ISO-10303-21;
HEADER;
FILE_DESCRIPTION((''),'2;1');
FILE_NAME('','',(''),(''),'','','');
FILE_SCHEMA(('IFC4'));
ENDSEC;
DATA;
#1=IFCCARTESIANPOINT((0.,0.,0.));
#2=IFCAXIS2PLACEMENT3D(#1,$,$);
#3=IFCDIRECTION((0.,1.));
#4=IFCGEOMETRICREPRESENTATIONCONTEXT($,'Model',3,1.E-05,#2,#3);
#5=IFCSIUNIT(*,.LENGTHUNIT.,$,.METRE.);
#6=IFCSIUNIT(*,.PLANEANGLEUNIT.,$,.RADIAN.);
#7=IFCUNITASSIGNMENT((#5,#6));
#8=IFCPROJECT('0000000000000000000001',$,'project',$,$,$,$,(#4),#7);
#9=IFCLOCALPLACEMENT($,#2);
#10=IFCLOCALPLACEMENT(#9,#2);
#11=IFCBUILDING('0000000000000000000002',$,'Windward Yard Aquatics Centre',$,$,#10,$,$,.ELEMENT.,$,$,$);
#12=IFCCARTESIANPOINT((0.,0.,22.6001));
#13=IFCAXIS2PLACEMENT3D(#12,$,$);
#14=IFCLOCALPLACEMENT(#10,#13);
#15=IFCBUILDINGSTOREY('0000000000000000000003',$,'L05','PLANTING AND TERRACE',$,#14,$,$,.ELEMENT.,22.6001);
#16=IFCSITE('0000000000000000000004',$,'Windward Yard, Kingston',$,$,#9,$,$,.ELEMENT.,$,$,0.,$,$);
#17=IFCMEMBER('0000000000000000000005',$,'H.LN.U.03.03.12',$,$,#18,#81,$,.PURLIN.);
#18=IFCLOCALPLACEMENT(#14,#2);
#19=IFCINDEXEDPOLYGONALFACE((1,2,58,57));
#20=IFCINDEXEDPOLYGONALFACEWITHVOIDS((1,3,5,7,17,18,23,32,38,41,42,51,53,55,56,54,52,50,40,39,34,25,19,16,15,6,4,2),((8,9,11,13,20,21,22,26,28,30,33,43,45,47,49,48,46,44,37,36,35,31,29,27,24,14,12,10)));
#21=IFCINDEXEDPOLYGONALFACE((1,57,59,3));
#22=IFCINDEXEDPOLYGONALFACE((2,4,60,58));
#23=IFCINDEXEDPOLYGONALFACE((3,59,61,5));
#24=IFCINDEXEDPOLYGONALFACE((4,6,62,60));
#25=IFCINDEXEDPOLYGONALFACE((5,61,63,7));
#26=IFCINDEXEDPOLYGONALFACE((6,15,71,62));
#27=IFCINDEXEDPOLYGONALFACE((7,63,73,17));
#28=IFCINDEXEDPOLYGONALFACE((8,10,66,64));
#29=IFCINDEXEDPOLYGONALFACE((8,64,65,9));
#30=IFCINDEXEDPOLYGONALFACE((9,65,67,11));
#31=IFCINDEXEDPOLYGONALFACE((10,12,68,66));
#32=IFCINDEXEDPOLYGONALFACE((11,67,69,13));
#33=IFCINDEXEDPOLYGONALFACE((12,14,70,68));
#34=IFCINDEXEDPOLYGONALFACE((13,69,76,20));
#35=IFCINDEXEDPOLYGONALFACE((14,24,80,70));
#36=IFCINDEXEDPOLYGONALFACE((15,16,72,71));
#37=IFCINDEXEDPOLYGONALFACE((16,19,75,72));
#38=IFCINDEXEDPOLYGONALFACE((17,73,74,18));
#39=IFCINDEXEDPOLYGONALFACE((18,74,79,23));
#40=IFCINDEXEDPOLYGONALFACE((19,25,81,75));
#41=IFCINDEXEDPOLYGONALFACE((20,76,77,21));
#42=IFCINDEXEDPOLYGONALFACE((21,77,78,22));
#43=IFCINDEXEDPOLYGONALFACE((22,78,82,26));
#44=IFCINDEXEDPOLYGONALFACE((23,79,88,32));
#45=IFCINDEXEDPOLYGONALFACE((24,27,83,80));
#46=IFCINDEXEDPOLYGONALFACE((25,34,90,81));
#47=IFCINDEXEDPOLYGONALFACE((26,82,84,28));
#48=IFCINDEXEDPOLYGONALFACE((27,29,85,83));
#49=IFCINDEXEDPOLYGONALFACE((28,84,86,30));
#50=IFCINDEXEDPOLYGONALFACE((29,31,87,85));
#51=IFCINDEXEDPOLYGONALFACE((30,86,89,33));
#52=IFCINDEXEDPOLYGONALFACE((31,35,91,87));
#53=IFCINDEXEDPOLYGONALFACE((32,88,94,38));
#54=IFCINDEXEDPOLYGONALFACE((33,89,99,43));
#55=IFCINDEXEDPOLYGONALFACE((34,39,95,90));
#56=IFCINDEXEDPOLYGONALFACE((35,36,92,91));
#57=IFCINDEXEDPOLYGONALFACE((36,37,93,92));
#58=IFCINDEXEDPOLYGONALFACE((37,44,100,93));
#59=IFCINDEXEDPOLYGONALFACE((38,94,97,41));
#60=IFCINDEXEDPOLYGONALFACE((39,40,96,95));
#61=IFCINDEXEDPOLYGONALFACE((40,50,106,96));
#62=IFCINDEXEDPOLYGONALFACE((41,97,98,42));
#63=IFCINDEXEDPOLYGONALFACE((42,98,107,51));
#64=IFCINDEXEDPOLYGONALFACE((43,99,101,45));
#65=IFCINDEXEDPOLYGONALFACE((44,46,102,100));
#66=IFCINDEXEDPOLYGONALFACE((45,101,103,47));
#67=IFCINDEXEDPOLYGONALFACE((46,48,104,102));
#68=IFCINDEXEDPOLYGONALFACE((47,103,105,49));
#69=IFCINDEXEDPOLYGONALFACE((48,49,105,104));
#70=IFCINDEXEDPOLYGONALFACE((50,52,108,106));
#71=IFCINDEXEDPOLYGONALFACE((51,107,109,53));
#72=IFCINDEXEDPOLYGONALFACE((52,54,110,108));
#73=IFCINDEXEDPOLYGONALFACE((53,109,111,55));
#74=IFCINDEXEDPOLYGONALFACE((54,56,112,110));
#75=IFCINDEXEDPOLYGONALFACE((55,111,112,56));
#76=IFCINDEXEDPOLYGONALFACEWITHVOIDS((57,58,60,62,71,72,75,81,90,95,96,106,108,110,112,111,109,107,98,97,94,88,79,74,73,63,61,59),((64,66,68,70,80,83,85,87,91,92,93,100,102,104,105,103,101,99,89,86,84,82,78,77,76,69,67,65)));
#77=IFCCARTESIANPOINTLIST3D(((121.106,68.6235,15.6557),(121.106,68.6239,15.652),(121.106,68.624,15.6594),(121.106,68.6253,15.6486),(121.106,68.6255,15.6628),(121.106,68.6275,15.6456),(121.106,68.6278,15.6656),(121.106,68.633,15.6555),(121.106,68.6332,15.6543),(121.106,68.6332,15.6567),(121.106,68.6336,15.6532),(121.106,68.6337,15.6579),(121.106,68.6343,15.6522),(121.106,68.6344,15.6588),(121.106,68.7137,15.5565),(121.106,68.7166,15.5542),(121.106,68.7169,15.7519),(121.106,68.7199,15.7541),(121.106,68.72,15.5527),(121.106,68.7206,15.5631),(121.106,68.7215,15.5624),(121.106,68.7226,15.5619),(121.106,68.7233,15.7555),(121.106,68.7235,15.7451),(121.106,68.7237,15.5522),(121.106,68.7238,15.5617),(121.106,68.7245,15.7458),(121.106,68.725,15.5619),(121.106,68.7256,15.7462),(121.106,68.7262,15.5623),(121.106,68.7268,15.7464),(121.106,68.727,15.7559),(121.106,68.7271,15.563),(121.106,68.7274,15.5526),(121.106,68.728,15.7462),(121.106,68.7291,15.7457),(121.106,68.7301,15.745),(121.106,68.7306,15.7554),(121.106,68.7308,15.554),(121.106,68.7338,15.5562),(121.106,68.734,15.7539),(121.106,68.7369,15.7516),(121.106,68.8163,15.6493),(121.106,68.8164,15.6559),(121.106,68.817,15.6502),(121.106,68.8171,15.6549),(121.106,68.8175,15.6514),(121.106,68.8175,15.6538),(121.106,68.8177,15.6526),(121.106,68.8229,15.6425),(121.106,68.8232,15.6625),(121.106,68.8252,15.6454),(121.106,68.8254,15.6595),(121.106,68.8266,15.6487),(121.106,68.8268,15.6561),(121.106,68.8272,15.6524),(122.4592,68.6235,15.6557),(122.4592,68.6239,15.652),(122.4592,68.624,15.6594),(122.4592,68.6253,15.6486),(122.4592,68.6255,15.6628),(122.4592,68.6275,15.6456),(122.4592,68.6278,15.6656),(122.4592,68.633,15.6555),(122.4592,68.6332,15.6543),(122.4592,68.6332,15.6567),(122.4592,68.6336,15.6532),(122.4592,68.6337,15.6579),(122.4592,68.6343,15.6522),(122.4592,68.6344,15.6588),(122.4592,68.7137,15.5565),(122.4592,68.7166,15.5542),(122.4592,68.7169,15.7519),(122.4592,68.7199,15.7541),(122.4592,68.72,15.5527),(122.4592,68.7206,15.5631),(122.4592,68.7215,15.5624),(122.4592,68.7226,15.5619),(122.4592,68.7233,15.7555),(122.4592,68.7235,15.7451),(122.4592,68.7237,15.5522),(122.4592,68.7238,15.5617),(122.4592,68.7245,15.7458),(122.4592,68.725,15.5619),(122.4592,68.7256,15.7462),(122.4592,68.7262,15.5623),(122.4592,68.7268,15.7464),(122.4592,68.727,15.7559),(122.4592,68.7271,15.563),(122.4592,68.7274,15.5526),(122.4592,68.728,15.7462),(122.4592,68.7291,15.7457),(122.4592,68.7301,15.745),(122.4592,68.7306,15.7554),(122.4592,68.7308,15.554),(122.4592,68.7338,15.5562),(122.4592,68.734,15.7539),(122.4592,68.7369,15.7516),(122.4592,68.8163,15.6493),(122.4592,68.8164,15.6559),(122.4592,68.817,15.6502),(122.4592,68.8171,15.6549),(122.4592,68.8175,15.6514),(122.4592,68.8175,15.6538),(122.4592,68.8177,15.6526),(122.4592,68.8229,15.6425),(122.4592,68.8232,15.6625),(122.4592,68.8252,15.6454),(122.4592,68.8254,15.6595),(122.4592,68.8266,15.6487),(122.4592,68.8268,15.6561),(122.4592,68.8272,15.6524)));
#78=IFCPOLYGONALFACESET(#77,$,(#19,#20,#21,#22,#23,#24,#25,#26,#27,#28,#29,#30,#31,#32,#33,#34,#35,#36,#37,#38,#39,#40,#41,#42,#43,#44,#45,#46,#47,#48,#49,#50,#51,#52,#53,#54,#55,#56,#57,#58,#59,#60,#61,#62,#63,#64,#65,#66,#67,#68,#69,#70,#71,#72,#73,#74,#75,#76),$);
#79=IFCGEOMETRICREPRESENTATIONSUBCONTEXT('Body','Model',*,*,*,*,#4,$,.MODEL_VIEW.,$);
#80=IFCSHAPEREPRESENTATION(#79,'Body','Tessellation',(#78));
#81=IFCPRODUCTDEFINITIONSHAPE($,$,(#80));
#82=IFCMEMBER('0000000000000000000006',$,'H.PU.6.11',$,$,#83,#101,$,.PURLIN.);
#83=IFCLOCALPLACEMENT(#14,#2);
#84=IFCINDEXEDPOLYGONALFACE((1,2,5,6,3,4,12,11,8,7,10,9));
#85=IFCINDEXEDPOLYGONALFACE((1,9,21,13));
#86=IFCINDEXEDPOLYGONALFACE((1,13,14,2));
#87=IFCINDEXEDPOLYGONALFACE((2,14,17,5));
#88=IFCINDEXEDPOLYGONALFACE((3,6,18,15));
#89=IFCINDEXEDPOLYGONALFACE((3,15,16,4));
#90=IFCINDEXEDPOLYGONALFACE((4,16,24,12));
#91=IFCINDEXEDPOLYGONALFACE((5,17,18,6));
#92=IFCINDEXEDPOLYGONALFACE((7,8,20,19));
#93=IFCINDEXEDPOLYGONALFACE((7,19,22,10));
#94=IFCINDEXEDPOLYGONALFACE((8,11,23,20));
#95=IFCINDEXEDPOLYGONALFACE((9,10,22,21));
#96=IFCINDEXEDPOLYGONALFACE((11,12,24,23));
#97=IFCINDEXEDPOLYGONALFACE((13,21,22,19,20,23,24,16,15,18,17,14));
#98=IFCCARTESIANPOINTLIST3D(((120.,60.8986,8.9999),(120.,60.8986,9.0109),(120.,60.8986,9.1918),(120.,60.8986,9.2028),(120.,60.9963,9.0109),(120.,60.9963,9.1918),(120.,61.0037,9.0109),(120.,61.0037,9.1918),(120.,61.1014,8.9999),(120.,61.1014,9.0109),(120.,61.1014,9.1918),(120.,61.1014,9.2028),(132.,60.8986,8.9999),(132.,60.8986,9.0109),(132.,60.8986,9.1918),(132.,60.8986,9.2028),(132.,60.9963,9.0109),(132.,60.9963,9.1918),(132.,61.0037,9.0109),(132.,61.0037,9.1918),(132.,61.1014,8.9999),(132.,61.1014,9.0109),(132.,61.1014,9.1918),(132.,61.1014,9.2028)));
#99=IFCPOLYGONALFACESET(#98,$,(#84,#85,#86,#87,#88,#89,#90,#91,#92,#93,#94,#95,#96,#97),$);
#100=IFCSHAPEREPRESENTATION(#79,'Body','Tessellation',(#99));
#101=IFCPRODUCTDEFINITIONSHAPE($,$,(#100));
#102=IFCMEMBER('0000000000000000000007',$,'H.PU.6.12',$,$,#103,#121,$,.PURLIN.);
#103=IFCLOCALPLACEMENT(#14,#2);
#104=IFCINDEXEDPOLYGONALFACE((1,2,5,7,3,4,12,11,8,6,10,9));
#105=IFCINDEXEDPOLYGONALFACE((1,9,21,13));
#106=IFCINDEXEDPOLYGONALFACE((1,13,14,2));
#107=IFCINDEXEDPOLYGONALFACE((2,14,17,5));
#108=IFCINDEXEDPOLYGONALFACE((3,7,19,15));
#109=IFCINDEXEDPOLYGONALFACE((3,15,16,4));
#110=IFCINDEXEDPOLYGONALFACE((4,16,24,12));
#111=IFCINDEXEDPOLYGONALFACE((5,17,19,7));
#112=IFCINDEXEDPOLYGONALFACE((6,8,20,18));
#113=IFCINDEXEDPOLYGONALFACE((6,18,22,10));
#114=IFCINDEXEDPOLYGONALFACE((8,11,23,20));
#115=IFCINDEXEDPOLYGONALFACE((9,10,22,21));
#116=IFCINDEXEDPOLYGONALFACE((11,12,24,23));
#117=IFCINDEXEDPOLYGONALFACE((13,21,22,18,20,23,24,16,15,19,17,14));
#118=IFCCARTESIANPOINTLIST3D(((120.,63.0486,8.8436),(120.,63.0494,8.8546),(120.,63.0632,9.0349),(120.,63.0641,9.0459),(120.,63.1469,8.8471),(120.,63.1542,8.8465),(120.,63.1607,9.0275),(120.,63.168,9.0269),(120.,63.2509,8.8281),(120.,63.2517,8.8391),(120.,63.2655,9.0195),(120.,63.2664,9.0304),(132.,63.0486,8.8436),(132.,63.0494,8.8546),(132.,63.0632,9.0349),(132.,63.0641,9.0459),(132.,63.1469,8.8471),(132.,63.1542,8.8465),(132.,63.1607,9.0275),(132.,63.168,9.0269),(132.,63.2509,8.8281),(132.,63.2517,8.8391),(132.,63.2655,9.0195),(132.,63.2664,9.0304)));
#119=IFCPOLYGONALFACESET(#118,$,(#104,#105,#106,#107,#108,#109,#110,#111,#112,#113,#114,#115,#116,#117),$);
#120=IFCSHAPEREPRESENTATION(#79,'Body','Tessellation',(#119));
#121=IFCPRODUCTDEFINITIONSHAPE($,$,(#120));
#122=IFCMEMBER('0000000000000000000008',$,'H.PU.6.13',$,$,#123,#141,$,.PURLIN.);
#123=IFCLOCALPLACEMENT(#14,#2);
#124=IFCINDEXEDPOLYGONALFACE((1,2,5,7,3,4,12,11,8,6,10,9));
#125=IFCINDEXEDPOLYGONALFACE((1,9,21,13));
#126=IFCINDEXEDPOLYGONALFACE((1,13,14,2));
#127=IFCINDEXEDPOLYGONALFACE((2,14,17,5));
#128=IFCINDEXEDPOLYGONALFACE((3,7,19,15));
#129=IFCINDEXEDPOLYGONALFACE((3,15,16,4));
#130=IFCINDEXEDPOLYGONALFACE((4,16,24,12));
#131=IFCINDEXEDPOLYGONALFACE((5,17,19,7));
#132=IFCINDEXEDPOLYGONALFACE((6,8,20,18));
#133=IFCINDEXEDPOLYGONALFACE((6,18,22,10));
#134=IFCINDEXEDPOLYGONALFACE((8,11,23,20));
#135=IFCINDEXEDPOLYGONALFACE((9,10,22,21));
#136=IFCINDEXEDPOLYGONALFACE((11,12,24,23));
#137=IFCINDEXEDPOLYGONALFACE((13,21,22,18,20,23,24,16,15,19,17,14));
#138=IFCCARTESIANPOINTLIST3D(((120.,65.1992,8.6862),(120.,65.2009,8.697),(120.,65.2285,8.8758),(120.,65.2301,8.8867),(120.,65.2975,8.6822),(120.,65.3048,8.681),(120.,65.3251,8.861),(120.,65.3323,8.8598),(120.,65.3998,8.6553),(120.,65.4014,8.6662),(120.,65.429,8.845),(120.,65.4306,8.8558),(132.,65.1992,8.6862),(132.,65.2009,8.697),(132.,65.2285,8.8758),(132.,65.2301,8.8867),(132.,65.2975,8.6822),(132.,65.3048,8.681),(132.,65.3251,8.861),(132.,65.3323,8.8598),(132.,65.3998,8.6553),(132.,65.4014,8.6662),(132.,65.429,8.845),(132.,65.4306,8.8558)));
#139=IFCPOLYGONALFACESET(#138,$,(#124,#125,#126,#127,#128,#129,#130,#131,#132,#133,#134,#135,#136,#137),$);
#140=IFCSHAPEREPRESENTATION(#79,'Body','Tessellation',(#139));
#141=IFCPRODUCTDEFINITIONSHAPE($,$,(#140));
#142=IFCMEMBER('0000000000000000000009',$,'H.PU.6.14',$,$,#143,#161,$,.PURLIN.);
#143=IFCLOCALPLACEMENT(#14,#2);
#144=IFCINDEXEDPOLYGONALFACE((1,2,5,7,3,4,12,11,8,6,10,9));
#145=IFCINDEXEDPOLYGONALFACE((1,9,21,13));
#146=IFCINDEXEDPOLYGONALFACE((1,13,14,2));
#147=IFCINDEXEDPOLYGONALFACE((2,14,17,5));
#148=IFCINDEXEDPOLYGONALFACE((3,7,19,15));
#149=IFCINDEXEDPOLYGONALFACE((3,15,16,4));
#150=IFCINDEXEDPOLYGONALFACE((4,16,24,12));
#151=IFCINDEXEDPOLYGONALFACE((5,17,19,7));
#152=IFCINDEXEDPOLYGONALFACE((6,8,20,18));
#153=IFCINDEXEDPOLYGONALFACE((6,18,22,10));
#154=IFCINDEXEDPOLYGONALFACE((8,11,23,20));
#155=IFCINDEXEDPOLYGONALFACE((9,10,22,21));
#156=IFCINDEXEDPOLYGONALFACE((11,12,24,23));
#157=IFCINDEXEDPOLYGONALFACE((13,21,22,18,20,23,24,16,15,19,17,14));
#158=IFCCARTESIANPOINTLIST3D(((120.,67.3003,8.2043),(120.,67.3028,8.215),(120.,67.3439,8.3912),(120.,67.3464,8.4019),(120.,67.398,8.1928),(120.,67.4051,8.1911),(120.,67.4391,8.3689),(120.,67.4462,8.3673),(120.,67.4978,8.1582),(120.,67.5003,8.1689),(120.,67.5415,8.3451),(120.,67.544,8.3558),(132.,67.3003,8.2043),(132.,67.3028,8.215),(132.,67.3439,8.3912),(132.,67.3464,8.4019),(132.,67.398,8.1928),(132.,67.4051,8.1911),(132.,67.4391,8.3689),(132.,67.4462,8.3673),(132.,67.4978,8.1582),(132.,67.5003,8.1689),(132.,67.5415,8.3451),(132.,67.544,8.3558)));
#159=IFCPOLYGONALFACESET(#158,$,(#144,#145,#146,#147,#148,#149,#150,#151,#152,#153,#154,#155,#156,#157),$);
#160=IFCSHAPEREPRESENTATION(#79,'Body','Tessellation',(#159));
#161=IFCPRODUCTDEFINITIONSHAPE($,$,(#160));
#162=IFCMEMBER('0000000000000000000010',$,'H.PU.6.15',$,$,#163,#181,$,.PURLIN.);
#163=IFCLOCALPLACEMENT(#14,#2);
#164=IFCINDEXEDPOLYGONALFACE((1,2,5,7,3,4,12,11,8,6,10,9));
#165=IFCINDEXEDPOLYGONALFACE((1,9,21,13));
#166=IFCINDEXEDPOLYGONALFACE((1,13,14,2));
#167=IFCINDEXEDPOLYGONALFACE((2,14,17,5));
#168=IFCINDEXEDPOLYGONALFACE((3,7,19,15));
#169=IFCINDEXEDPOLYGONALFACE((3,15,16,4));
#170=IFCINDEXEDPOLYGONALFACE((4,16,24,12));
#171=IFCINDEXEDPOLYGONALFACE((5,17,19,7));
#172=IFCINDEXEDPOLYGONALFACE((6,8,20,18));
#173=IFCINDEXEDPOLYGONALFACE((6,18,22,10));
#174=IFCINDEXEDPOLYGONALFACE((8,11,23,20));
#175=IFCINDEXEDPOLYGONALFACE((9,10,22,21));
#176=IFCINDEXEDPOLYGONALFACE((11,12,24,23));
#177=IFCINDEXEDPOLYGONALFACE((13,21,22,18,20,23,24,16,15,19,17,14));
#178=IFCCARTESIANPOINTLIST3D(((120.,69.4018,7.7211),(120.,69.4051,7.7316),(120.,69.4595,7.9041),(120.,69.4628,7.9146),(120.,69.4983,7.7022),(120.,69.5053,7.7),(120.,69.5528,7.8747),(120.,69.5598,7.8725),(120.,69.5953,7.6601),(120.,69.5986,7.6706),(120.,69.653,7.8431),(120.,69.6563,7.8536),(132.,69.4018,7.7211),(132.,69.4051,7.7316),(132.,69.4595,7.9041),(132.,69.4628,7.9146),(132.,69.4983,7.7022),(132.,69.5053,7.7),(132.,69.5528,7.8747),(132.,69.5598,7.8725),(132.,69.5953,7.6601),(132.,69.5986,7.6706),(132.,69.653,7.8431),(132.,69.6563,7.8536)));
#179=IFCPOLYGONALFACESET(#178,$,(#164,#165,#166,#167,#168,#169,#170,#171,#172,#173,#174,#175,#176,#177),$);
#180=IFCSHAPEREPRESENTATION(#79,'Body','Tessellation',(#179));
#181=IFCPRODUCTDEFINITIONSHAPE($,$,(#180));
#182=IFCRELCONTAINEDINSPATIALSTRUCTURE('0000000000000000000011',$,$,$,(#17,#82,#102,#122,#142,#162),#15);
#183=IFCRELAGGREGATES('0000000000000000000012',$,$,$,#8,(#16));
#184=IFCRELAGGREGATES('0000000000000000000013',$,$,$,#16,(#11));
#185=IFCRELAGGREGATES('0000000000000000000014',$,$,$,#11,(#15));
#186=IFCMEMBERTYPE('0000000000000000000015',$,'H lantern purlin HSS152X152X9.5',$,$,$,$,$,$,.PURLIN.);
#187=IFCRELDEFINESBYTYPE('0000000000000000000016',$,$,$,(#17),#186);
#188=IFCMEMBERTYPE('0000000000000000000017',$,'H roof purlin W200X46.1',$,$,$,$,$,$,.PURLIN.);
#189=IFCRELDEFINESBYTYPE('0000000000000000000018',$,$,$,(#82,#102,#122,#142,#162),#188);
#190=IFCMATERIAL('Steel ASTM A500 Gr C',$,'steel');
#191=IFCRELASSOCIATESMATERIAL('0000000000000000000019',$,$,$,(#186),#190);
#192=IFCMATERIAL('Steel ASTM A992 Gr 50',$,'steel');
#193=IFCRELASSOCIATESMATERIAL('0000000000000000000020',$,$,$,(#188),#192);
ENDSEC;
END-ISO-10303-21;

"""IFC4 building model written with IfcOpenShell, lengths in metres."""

from ifc_helpers import new_model, si_unit, direction, frame, origin, origin_2d, place, context, subcontext, project, spatial, hollow_rectangle, i_section, extrude, material, material_profile, profile_set, type_object, element, save


model = new_model("IFC4")

# Units and contexts
model_context = context("Model", 3, precision=1e-05, world=origin(), true_north=direction((0.0, 1.0)))
body_context = subcontext(model_context, "Body", "Model", "MODEL_VIEW")
ifc_project = project(units=[si_unit("LENGTHUNIT", "METRE"), si_unit("PLANEANGLEUNIT", "RADIAN")], contexts=[model_context])

# Site, building, storey
site_placement = place(None, origin())
site = spatial("IfcSite", under=ifc_project, at=site_placement, Name="Windward Yard, Kingston", CompositionType="ELEMENT", RefElevation=0.0)
building_placement = place(site_placement, origin())
building = spatial("IfcBuilding", under=site, at=building_placement, Name="Windward Yard Aquatics Centre", CompositionType="ELEMENT")
storey_placement = place(building_placement, frame((0.0, 0.0, 22.6001)))
storey = spatial("IfcBuildingStorey", under=building, at=storey_placement, Name="L05", Description="PLANTING AND TERRACE", CompositionType="ELEMENT", Elevation=22.6001)

# Members
ifc_material_1 = material(Name="Steel ASTM A500 Gr C", Category="steel")
ifc_material_profile_1 = material_profile(ifc_material_1, hollow_rectangle(XDim=0.1523, YDim=0.1523, WallThickness=0.0095, InnerFilletRadius=0.0046, OuterFilletRadius=0.0142, at=origin_2d()), Name="HSS152X152X9.5")
ifc_profile_set_1 = profile_set([ifc_material_profile_1], Name="Steel ASTM A500 Gr C")
member_type_1 = type_object("IfcMemberType", Name="H lantern purlin HSS152X152X9.5", PredefinedType="PURLIN", material=ifc_profile_set_1)
for number, where, z_axis, x_axis, name in (
    (1, (121.106, 68.7253, 15.6541), (1.0, 0.0, 0.0), (0.0, 0.69555, -0.718477), "H.LN.U.03.03.12"),
):
    element("IfcMember", number, at=place(storey_placement, frame(where, z_axis=z_axis, x_axis=x_axis)), inside=storey, type_object=member_type_1, Name=name, PredefinedType="PURLIN", context=body_context, shape_type="SweptSolid", body=[
        extrude(hollow_rectangle(XDim=0.1523, YDim=0.1523, WallThickness=0.0095, InnerFilletRadius=0.0046, OuterFilletRadius=0.0142, at=origin_2d()), origin(), (0.0, 0.0, 1.0), 1.3533),
    ])
ifc_material_2 = material(Name="Steel ASTM A992 Gr 50", Category="steel")
ifc_material_profile_2 = material_profile(ifc_material_2, i_section(OverallWidth=0.2029, OverallDepth=0.2029, WebThickness=0.0073, FlangeThickness=0.011, at=origin_2d()), Name="W200X46.1")
ifc_profile_set_2 = profile_set([ifc_material_profile_2], Name="Steel ASTM A992 Gr 50")
member_type_2 = type_object("IfcMemberType", Name="H roof purlin W200X46.1", PredefinedType="PURLIN", material=ifc_profile_set_2)
for number, where, z_axis, x_axis, name in (
    (2, (120.0, 61.0, 9.1013), (1.0, 0.0, 0.0), (0.0, 1.0, 0.0), "H.PU.6.11"),
    (3, (120.0, 63.1575, 8.937), (1.0, 0.0, 0.0), (0.0, 0.997081, -0.076354), "H.PU.6.12"),
    (4, (120.0, 65.3149, 8.771), (1.0, 0.0, 0.0), (0.0, 0.98834, -0.152262), "H.PU.6.13"),
    (5, (120.0, 67.4221, 8.28), (1.0, 0.0, 0.0), (0.0, 0.973829, -0.227281), "H.PU.6.14"),
    (6, (120.0, 69.5291, 7.7874), (1.0, 0.0, 0.0), (0.0, 0.953633, -0.300973), "H.PU.6.15"),
):
    element("IfcMember", number, at=place(storey_placement, frame(where, z_axis=z_axis, x_axis=x_axis)), inside=storey, type_object=member_type_2, Name=name, PredefinedType="PURLIN", context=body_context, shape_type="SweptSolid", body=[
        extrude(i_section(OverallWidth=0.2029, OverallDepth=0.2029, WebThickness=0.0073, FlangeThickness=0.011, at=origin_2d()), origin(), (0.0, 0.0, 1.0), 12.0),
    ])

save(model, "model.ifc")
